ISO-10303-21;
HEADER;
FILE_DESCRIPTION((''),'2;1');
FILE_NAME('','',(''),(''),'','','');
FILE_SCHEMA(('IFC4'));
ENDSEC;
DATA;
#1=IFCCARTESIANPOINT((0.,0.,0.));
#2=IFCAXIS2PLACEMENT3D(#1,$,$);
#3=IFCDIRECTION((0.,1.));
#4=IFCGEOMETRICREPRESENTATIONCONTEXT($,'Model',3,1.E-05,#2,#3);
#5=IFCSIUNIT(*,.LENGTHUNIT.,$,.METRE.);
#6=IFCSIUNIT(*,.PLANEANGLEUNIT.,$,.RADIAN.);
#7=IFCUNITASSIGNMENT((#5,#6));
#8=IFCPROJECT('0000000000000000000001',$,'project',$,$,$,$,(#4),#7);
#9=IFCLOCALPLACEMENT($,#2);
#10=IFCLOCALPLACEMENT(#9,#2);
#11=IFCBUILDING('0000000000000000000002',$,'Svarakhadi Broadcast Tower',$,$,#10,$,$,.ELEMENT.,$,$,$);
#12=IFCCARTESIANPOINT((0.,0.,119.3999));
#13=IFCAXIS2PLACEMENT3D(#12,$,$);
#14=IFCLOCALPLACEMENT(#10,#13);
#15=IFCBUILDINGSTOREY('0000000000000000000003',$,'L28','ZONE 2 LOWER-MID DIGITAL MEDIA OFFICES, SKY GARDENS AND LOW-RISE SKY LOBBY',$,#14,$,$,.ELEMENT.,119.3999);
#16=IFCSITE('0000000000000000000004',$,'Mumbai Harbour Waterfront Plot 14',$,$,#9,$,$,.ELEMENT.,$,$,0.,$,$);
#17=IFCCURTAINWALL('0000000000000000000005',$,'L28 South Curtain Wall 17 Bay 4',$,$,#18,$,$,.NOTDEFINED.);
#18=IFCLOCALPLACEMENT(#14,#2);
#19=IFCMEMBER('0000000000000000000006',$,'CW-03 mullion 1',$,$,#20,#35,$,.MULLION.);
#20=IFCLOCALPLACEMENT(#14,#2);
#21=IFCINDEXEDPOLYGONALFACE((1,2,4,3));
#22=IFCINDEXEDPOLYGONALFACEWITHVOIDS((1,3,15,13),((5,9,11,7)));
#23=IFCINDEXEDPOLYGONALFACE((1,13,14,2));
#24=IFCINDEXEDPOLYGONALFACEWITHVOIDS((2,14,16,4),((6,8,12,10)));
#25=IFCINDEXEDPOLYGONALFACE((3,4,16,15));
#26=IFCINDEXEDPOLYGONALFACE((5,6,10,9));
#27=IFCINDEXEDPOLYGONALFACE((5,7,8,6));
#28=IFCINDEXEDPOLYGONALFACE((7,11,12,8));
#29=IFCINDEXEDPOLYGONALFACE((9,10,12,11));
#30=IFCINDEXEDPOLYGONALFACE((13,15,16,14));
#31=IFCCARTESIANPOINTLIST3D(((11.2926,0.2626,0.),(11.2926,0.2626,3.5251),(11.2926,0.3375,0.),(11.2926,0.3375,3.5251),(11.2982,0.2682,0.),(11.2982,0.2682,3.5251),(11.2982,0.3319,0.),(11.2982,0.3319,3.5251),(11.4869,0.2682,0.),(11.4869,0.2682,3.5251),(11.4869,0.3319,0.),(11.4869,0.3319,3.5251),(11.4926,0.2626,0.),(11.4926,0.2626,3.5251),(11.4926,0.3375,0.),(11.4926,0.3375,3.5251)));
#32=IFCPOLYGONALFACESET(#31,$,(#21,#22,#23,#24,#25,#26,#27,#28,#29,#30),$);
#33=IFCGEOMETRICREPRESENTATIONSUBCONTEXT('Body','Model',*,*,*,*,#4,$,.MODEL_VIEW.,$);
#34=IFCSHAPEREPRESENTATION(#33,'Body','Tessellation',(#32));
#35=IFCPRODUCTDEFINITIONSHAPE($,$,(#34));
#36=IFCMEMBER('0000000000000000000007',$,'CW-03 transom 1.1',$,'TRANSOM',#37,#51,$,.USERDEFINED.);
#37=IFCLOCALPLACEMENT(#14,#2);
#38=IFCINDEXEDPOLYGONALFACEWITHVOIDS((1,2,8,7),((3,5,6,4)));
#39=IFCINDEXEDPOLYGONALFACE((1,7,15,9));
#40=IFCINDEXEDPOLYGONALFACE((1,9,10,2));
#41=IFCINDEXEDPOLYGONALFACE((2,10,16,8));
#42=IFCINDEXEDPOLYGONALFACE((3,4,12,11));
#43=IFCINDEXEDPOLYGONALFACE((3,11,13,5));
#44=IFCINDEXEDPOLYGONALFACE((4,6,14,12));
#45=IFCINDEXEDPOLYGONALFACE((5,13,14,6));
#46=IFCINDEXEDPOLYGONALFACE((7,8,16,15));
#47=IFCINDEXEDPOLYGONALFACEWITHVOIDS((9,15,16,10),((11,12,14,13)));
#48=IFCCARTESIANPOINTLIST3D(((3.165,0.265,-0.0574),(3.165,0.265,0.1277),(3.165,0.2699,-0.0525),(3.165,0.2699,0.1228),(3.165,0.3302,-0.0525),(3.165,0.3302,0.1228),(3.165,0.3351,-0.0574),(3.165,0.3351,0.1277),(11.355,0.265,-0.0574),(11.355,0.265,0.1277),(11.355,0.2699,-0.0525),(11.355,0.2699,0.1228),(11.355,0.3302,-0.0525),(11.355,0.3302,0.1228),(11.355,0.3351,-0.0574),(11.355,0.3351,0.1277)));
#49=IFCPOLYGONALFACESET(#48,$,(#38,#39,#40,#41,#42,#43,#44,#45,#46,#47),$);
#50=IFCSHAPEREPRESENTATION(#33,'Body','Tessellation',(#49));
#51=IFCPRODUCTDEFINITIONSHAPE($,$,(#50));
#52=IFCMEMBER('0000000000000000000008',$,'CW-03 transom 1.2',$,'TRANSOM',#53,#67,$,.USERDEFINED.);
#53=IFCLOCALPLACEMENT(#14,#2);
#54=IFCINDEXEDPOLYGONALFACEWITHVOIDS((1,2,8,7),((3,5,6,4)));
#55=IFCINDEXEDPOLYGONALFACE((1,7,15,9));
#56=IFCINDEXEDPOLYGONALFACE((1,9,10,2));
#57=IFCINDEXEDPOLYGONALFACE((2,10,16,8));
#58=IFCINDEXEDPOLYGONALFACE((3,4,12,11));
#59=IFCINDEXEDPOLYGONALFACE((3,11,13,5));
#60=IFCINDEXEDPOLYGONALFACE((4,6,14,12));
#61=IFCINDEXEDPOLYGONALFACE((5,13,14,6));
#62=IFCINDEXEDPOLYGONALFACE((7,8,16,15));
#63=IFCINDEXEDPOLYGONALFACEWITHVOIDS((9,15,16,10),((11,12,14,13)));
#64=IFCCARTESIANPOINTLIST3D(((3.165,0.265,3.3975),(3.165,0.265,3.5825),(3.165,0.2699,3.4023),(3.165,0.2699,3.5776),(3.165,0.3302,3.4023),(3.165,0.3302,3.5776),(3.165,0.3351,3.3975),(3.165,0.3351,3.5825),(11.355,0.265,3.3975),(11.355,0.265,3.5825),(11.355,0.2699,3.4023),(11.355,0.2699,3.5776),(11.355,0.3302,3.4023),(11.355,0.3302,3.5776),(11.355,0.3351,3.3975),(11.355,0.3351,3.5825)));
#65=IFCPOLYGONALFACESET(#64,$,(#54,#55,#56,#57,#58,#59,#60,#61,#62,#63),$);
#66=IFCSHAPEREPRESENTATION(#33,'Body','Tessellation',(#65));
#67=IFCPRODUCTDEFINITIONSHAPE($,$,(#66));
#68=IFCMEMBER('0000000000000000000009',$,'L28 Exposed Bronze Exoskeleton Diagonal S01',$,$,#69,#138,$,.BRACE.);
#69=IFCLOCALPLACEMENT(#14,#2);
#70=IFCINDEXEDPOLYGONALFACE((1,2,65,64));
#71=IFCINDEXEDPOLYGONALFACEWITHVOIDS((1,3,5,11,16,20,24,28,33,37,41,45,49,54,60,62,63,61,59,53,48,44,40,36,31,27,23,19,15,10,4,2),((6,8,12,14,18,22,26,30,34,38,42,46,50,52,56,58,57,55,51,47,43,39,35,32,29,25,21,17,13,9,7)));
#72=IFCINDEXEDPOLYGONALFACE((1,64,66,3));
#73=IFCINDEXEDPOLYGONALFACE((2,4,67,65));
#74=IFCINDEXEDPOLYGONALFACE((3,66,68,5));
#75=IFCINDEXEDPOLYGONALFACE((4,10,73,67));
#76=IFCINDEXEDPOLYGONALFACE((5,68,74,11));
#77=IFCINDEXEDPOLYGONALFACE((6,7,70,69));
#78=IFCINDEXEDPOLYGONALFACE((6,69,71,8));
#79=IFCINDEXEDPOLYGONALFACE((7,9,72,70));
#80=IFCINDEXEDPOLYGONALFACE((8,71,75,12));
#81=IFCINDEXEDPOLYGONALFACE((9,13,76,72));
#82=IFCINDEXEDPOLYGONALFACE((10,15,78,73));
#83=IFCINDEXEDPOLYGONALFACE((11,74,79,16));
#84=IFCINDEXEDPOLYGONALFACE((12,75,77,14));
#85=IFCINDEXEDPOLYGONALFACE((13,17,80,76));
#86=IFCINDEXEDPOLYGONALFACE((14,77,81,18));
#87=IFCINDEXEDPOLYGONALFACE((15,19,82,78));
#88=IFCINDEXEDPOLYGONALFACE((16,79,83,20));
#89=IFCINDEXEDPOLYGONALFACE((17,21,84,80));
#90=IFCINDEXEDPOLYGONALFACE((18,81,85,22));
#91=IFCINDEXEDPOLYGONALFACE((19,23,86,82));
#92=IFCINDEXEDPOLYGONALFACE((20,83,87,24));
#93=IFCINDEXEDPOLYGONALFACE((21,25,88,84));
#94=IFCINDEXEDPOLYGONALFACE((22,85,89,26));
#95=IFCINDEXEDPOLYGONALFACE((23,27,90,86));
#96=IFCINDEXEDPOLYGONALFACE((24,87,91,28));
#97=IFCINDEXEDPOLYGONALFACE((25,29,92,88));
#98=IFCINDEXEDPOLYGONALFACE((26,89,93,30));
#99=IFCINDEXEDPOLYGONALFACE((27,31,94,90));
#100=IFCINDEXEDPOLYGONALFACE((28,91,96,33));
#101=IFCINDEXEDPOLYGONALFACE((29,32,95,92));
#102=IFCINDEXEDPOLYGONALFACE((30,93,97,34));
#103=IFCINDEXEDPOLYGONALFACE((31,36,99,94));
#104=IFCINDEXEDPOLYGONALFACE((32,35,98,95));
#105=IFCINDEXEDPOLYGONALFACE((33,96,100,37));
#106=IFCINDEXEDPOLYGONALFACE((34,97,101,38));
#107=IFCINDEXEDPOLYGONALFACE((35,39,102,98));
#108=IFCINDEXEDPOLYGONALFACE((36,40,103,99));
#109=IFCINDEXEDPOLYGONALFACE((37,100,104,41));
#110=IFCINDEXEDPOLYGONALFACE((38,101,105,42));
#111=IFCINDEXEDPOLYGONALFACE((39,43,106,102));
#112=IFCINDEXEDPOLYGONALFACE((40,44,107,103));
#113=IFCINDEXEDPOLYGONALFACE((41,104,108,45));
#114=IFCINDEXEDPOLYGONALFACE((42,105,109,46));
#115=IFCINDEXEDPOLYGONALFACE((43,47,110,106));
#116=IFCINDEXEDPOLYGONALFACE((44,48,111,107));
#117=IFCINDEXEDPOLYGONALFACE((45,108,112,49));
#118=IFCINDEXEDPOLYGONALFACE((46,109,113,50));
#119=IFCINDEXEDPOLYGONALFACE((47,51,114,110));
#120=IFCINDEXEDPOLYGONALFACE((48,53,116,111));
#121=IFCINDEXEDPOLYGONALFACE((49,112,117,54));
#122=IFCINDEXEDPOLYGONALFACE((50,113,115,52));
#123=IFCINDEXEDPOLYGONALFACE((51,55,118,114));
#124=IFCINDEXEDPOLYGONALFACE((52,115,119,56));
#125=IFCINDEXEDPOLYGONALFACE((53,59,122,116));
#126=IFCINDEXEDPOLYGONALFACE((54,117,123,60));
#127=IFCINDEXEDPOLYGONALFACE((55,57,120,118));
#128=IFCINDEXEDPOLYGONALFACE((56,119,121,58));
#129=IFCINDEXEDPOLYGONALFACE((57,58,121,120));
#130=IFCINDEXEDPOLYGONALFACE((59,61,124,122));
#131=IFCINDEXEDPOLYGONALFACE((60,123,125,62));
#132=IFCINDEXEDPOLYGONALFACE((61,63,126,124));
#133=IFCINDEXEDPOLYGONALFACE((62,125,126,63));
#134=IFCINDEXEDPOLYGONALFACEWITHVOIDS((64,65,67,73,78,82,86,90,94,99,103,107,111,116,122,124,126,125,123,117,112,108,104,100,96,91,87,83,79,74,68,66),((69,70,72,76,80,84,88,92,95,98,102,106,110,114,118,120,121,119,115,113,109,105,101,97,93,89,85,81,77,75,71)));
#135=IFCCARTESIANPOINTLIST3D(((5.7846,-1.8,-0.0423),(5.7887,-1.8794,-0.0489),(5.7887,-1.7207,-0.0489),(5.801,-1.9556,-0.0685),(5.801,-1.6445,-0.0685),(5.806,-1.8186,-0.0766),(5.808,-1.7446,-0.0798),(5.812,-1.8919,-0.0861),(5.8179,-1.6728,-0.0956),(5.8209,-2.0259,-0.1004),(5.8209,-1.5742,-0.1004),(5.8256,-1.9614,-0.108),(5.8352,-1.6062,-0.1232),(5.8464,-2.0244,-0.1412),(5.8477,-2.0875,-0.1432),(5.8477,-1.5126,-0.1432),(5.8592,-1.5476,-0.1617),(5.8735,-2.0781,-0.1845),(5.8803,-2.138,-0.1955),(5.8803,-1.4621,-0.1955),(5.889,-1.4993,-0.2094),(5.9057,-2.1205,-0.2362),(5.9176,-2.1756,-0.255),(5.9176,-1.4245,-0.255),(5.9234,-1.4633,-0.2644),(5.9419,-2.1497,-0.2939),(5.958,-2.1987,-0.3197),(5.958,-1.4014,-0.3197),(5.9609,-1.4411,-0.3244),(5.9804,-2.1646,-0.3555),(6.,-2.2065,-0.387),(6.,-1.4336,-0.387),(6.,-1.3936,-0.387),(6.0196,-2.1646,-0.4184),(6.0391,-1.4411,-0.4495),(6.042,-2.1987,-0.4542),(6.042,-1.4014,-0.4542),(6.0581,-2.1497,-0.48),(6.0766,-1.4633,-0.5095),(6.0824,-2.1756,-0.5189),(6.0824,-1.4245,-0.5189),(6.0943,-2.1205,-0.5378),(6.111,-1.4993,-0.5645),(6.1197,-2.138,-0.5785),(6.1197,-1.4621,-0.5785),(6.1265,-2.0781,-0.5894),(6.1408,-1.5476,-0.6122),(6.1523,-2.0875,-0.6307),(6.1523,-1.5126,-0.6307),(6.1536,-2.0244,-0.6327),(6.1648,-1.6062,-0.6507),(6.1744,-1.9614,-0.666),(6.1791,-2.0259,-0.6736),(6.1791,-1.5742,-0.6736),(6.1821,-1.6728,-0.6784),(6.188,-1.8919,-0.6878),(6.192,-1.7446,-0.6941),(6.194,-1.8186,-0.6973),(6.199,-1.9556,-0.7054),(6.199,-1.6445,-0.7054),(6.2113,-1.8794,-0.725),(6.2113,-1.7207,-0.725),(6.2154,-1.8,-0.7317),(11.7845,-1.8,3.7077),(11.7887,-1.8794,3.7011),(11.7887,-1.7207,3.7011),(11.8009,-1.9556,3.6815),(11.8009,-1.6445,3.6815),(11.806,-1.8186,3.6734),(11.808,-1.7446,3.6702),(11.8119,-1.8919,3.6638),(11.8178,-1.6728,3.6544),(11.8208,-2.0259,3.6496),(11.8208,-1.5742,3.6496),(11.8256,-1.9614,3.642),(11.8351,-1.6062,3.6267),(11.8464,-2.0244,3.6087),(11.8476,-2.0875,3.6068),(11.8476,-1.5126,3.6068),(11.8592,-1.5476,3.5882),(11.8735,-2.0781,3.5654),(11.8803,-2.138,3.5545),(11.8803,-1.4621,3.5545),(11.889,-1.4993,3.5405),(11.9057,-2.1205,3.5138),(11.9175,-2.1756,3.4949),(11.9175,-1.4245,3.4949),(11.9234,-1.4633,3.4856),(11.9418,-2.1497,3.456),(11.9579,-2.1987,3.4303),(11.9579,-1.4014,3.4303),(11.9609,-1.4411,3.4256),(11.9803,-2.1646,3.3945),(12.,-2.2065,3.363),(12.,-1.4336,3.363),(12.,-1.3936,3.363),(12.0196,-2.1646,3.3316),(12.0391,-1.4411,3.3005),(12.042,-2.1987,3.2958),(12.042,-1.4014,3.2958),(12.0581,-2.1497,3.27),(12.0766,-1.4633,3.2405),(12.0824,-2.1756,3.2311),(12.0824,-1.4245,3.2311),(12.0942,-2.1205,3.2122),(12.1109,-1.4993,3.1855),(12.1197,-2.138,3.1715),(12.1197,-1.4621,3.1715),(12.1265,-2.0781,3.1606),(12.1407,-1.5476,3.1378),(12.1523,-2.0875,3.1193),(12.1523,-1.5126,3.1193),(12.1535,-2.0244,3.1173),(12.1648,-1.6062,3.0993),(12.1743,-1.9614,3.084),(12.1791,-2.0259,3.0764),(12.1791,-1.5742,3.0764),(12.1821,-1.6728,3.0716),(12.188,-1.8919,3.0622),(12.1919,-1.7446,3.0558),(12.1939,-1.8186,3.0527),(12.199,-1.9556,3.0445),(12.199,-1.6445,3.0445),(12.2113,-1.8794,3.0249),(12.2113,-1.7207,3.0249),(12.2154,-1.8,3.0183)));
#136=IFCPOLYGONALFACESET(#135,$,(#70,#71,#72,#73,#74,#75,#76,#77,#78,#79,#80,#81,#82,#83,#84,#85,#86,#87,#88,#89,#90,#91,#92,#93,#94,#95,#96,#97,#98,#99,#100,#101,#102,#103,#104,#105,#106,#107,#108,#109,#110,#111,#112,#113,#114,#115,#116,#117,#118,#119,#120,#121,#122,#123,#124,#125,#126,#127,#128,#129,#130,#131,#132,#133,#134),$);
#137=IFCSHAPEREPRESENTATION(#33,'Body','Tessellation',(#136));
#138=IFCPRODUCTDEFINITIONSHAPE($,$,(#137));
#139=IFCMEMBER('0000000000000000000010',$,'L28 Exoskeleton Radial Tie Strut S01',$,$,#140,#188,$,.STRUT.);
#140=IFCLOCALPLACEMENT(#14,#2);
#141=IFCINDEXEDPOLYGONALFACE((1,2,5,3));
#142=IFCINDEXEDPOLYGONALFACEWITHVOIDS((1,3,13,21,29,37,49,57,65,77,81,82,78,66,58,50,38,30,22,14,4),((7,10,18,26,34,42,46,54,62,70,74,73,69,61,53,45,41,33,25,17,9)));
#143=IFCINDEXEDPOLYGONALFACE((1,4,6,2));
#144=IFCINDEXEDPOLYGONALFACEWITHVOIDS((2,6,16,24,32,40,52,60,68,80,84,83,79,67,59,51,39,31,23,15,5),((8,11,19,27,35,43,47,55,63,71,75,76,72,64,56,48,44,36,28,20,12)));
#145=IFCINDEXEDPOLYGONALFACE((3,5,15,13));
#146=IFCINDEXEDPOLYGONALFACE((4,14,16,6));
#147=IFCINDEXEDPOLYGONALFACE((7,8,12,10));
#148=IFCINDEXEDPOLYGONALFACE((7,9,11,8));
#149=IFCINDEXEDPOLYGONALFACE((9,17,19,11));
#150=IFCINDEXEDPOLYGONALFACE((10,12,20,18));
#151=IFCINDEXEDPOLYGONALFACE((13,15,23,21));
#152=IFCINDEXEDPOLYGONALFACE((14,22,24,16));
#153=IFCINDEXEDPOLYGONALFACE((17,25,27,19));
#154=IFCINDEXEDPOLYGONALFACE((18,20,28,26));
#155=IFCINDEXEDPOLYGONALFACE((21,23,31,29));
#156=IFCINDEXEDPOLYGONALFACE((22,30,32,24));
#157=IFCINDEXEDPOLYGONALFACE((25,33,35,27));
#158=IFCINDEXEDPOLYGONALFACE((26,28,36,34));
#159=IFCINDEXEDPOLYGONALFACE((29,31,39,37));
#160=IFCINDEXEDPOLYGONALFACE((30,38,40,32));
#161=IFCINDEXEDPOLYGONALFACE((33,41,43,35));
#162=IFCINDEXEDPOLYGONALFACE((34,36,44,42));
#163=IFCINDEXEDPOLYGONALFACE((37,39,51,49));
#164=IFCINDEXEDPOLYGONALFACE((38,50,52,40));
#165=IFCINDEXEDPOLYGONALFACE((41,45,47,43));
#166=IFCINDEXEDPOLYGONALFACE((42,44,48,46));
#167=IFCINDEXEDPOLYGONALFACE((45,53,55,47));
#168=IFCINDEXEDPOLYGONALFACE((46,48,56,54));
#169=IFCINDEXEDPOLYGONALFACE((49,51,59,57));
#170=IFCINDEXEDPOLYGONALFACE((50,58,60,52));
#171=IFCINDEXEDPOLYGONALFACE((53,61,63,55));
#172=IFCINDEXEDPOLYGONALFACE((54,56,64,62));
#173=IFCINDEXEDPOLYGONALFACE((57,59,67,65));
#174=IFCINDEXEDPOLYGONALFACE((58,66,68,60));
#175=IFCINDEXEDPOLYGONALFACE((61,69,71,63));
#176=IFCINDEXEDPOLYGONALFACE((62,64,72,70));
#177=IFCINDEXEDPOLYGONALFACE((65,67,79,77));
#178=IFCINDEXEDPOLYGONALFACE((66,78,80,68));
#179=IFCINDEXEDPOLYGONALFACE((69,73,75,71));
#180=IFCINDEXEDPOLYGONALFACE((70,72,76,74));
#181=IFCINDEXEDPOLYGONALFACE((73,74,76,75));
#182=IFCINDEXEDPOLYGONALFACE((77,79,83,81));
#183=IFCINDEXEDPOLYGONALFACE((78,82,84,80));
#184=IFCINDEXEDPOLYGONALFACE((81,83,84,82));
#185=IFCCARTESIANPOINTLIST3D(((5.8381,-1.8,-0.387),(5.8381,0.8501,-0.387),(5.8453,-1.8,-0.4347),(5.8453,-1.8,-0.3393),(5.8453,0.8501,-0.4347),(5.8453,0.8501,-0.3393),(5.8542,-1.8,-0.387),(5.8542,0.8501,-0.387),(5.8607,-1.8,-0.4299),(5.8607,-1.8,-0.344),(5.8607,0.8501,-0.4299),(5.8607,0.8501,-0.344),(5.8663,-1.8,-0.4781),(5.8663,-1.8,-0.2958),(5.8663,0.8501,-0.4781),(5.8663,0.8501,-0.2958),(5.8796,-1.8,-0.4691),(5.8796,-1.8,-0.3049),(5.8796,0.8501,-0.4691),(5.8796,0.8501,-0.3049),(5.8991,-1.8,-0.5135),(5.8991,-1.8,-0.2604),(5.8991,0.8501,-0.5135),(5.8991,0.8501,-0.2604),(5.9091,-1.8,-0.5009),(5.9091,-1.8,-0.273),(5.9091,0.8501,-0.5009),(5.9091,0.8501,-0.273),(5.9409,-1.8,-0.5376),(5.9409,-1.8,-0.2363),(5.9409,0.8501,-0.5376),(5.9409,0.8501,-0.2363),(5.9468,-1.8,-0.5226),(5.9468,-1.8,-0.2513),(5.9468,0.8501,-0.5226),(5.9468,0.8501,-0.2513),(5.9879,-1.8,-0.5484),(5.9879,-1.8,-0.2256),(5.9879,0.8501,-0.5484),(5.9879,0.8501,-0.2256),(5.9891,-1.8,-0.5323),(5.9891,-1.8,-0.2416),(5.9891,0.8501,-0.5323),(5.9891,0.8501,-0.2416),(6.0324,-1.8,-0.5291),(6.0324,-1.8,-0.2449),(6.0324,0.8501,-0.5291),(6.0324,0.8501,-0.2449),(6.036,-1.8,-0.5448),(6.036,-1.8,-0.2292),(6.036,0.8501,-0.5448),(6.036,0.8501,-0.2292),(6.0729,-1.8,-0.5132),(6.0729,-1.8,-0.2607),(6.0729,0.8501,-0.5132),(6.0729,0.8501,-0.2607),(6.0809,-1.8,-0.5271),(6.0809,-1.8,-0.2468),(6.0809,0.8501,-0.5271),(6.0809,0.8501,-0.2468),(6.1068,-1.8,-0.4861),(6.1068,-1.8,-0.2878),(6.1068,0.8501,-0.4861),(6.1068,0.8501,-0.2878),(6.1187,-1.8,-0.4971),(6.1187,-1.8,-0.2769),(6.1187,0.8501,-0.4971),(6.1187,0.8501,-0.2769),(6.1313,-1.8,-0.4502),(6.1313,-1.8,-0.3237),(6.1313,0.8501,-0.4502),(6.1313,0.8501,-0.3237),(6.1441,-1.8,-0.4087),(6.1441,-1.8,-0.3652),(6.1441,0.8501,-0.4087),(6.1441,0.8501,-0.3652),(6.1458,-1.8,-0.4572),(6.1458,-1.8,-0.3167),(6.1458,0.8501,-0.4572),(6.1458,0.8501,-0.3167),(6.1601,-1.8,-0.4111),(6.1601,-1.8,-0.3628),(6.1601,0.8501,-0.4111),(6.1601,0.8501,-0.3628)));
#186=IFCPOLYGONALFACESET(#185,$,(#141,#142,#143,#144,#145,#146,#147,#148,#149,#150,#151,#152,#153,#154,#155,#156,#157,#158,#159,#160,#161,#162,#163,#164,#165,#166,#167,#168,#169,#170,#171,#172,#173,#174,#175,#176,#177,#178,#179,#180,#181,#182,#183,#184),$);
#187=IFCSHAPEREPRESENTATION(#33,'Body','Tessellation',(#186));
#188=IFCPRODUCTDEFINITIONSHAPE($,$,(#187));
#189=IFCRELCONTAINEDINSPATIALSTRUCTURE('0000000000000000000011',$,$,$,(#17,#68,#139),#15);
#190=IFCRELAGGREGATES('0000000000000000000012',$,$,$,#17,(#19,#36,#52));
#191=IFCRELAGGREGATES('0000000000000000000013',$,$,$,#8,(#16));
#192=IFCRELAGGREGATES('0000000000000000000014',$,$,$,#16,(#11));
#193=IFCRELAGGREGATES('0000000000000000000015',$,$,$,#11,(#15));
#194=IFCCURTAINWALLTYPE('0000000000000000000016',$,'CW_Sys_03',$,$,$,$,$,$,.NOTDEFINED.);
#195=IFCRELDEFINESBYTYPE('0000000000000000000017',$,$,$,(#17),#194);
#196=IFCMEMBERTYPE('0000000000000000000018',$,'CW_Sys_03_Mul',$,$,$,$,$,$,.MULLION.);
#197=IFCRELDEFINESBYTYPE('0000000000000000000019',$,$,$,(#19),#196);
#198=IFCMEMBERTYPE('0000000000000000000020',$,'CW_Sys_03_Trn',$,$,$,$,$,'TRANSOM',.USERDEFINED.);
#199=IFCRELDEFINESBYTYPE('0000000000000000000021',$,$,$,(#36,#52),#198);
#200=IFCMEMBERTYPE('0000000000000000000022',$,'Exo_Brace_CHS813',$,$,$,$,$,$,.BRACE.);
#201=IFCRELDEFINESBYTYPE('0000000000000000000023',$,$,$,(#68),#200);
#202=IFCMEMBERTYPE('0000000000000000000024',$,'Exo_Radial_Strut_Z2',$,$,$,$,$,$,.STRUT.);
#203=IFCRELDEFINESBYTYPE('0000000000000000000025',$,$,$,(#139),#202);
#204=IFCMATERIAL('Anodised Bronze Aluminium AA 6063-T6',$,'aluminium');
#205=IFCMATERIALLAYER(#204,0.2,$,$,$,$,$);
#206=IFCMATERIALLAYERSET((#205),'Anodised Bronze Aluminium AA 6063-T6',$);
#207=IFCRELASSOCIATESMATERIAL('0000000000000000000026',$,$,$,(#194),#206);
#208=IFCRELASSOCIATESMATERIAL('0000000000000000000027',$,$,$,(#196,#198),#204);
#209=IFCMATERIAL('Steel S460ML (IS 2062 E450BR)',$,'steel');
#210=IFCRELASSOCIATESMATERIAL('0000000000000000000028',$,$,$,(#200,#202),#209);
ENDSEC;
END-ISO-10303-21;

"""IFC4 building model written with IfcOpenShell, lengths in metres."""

from ifc_helpers import new_model, si_unit, direction, frame, origin, origin_2d, place, context, subcontext, project, spatial, hollow_rectangle, hollow_circle, extrude, material, layer, layer_set, material_profile, profile_set, type_object, element, aggregate, save


model = new_model("IFC4")

# Units and contexts
model_context = context("Model", 3, precision=1e-05, world=origin(), true_north=direction((0.0, 1.0)))
body_context = subcontext(model_context, "Body", "Model", "MODEL_VIEW")
ifc_project = project(units=[si_unit("LENGTHUNIT", "METRE"), si_unit("PLANEANGLEUNIT", "RADIAN")], contexts=[model_context])

# Site, building, storey
site_placement = place(None, origin())
site = spatial("IfcSite", under=ifc_project, at=site_placement, Name="Mumbai Harbour Waterfront Plot 14", CompositionType="ELEMENT", RefElevation=0.0)
building_placement = place(site_placement, origin())
building = spatial("IfcBuilding", under=site, at=building_placement, Name="Svarakhadi Broadcast Tower", CompositionType="ELEMENT")
storey_placement = place(building_placement, frame((0.0, 0.0, 119.3999)))
storey = spatial("IfcBuildingStorey", under=building, at=storey_placement, Name="L28", Description="ZONE 2 LOWER-MID DIGITAL MEDIA OFFICES, SKY GARDENS AND LOW-RISE SKY LOBBY", CompositionType="ELEMENT", Elevation=119.3999)

# Shared definitions
ifc_material_1 = material(Name="Steel S460ML (IS 2062 E450BR)", Category="steel")

# Shared definitions
ifc_material_2 = material(Name="Anodised Bronze Aluminium AA 6063-T6", Category="aluminium")
ifc_layer_1 = layer(ifc_material_2, 0.2)
ifc_layer_set_1 = layer_set([ifc_layer_1], Name="Anodised Bronze Aluminium AA 6063-T6")
curtain_wall_type = type_object("IfcCurtainWallType", Name="CW_Sys_03", PredefinedType="NOTDEFINED", material=ifc_layer_set_1)
ifc_material_profile_1 = material_profile(ifc_material_2, hollow_rectangle(XDim=0.075, YDim=0.2, WallThickness=0.0056, at=origin_2d()), Name="ALU MULLION 200x75x6")
ifc_profile_set_1 = profile_set([ifc_material_profile_1], Name="Anodised Bronze Aluminium AA 6063-T6")
member_type_1 = type_object("IfcMemberType", Name="CW_Sys_03_Mul", PredefinedType="MULLION", material=ifc_profile_set_1)

# Curtain wall, members
curtain_wall_1_placement = place(storey_placement, origin())
curtain_wall_1 = element("IfcCurtainWall", 1, at=curtain_wall_1_placement, inside=storey, type_object=curtain_wall_type, Name="L28 South Curtain Wall 17 Bay 4", PredefinedType="NOTDEFINED")
member_1_placement = place(storey_placement, frame((11.3926, 0.3, 0.0), z_axis=(0.0, 0.0, 1.0), x_axis=(0.0, -1.0, 0.0)))
member_1 = element("IfcMember", 2, at=member_1_placement, type_object=member_type_1, Name="CW-03 mullion 1", PredefinedType="MULLION", context=body_context, shape_type="SweptSolid", body=[
    extrude(hollow_rectangle(XDim=0.075, YDim=0.2, WallThickness=0.0056, at=origin_2d()), origin(), (0.0, 0.0, 1.0), 3.5251),
])
ifc_material_profile_2 = material_profile(ifc_material_2, hollow_rectangle(XDim=0.0701, YDim=0.1851, WallThickness=0.0049, at=origin_2d()), Name="ALU TRANSOM 185x70x5")
ifc_profile_set_2 = profile_set([ifc_material_profile_2], Name="Anodised Bronze Aluminium AA 6063-T6")
member_type_2 = type_object("IfcMemberType", Name="CW_Sys_03_Trn", ElementType="TRANSOM", PredefinedType="USERDEFINED", material=ifc_profile_set_2)
member_2_placement = place(storey_placement, frame((11.355, 0.3, 0.0352), z_axis=(-1.0, 0.0, 0.0), x_axis=(0.0, -1.0, 0.0)))
member_2 = element("IfcMember", 3, at=member_2_placement, type_object=member_type_2, Name="CW-03 transom 1.1", ObjectType="TRANSOM", PredefinedType="USERDEFINED", context=body_context, shape_type="SweptSolid", body=[
    extrude(hollow_rectangle(XDim=0.0701, YDim=0.1851, WallThickness=0.0049, at=origin_2d()), origin(), (0.0, 0.0, 1.0), 8.1899),
])
member_3_placement = place(storey_placement, frame((11.355, 0.3, 3.49), z_axis=(-1.0, 0.0, 0.0), x_axis=(0.0, -1.0, 0.0)))
member_3 = element("IfcMember", 4, at=member_3_placement, type_object=member_type_2, Name="CW-03 transom 1.2", ObjectType="TRANSOM", PredefinedType="USERDEFINED", context=body_context, shape_type="SweptSolid", body=[
    extrude(hollow_rectangle(XDim=0.0701, YDim=0.1851, WallThickness=0.0049, at=origin_2d()), origin(), (0.0, 0.0, 1.0), 8.1899),
])

# Members
ifc_material_profile_3 = material_profile(ifc_material_1, hollow_circle(Radius=0.4065, WallThickness=0.04, at=origin_2d()), Name="CHS 813x40")
ifc_profile_set_3 = profile_set([ifc_material_profile_3], Name="Steel S460ML (IS 2062 E450BR)")
member_type_3 = type_object("IfcMemberType", Name="Exo_Brace_CHS813", PredefinedType="BRACE", material=ifc_profile_set_3)
member_4_placement = place(storey_placement, frame((6.0, -1.8, -0.387), z_axis=(0.847998, 0.0, 0.529999), x_axis=(0.0, 1.0, 0.0)))
element("IfcMember", 5, at=member_4_placement, inside=storey, type_object=member_type_3, Name="L28 Exposed Bronze Exoskeleton Diagonal S01", PredefinedType="BRACE", context=body_context, shape_type="SweptSolid", body=[
    extrude(hollow_circle(Radius=0.4065, WallThickness=0.04, at=origin_2d()), origin(), (0.0, 0.0, 1.0), 7.0754),
])
ifc_material_profile_4 = material_profile(ifc_material_1, hollow_circle(Radius=0.1619, WallThickness=0.0161, at=origin_2d()), Name="CHS 323.9x16")
ifc_profile_set_4 = profile_set([ifc_material_profile_4], Name="Steel S460ML (IS 2062 E450BR)")
member_type_4 = type_object("IfcMemberType", Name="Exo_Radial_Strut_Z2", PredefinedType="STRUT", material=ifc_profile_set_4)
member_5_placement = place(storey_placement, frame((6.0, -1.8, -0.387), z_axis=(0.0, 1.0, 0.0), x_axis=(-1.0, 0.0, 0.0)))
element("IfcMember", 6, at=member_5_placement, inside=storey, type_object=member_type_4, Name="L28 Exoskeleton Radial Tie Strut S01", PredefinedType="STRUT", context=body_context, shape_type="SweptSolid", body=[
    extrude(hollow_circle(Radius=0.1619, WallThickness=0.0161, at=origin_2d()), origin(), (0.0, 0.0, 1.0), 2.6501),
])

aggregate(curtain_wall_1, [member_1, member_2, member_3])

save(model, "model.ifc")
